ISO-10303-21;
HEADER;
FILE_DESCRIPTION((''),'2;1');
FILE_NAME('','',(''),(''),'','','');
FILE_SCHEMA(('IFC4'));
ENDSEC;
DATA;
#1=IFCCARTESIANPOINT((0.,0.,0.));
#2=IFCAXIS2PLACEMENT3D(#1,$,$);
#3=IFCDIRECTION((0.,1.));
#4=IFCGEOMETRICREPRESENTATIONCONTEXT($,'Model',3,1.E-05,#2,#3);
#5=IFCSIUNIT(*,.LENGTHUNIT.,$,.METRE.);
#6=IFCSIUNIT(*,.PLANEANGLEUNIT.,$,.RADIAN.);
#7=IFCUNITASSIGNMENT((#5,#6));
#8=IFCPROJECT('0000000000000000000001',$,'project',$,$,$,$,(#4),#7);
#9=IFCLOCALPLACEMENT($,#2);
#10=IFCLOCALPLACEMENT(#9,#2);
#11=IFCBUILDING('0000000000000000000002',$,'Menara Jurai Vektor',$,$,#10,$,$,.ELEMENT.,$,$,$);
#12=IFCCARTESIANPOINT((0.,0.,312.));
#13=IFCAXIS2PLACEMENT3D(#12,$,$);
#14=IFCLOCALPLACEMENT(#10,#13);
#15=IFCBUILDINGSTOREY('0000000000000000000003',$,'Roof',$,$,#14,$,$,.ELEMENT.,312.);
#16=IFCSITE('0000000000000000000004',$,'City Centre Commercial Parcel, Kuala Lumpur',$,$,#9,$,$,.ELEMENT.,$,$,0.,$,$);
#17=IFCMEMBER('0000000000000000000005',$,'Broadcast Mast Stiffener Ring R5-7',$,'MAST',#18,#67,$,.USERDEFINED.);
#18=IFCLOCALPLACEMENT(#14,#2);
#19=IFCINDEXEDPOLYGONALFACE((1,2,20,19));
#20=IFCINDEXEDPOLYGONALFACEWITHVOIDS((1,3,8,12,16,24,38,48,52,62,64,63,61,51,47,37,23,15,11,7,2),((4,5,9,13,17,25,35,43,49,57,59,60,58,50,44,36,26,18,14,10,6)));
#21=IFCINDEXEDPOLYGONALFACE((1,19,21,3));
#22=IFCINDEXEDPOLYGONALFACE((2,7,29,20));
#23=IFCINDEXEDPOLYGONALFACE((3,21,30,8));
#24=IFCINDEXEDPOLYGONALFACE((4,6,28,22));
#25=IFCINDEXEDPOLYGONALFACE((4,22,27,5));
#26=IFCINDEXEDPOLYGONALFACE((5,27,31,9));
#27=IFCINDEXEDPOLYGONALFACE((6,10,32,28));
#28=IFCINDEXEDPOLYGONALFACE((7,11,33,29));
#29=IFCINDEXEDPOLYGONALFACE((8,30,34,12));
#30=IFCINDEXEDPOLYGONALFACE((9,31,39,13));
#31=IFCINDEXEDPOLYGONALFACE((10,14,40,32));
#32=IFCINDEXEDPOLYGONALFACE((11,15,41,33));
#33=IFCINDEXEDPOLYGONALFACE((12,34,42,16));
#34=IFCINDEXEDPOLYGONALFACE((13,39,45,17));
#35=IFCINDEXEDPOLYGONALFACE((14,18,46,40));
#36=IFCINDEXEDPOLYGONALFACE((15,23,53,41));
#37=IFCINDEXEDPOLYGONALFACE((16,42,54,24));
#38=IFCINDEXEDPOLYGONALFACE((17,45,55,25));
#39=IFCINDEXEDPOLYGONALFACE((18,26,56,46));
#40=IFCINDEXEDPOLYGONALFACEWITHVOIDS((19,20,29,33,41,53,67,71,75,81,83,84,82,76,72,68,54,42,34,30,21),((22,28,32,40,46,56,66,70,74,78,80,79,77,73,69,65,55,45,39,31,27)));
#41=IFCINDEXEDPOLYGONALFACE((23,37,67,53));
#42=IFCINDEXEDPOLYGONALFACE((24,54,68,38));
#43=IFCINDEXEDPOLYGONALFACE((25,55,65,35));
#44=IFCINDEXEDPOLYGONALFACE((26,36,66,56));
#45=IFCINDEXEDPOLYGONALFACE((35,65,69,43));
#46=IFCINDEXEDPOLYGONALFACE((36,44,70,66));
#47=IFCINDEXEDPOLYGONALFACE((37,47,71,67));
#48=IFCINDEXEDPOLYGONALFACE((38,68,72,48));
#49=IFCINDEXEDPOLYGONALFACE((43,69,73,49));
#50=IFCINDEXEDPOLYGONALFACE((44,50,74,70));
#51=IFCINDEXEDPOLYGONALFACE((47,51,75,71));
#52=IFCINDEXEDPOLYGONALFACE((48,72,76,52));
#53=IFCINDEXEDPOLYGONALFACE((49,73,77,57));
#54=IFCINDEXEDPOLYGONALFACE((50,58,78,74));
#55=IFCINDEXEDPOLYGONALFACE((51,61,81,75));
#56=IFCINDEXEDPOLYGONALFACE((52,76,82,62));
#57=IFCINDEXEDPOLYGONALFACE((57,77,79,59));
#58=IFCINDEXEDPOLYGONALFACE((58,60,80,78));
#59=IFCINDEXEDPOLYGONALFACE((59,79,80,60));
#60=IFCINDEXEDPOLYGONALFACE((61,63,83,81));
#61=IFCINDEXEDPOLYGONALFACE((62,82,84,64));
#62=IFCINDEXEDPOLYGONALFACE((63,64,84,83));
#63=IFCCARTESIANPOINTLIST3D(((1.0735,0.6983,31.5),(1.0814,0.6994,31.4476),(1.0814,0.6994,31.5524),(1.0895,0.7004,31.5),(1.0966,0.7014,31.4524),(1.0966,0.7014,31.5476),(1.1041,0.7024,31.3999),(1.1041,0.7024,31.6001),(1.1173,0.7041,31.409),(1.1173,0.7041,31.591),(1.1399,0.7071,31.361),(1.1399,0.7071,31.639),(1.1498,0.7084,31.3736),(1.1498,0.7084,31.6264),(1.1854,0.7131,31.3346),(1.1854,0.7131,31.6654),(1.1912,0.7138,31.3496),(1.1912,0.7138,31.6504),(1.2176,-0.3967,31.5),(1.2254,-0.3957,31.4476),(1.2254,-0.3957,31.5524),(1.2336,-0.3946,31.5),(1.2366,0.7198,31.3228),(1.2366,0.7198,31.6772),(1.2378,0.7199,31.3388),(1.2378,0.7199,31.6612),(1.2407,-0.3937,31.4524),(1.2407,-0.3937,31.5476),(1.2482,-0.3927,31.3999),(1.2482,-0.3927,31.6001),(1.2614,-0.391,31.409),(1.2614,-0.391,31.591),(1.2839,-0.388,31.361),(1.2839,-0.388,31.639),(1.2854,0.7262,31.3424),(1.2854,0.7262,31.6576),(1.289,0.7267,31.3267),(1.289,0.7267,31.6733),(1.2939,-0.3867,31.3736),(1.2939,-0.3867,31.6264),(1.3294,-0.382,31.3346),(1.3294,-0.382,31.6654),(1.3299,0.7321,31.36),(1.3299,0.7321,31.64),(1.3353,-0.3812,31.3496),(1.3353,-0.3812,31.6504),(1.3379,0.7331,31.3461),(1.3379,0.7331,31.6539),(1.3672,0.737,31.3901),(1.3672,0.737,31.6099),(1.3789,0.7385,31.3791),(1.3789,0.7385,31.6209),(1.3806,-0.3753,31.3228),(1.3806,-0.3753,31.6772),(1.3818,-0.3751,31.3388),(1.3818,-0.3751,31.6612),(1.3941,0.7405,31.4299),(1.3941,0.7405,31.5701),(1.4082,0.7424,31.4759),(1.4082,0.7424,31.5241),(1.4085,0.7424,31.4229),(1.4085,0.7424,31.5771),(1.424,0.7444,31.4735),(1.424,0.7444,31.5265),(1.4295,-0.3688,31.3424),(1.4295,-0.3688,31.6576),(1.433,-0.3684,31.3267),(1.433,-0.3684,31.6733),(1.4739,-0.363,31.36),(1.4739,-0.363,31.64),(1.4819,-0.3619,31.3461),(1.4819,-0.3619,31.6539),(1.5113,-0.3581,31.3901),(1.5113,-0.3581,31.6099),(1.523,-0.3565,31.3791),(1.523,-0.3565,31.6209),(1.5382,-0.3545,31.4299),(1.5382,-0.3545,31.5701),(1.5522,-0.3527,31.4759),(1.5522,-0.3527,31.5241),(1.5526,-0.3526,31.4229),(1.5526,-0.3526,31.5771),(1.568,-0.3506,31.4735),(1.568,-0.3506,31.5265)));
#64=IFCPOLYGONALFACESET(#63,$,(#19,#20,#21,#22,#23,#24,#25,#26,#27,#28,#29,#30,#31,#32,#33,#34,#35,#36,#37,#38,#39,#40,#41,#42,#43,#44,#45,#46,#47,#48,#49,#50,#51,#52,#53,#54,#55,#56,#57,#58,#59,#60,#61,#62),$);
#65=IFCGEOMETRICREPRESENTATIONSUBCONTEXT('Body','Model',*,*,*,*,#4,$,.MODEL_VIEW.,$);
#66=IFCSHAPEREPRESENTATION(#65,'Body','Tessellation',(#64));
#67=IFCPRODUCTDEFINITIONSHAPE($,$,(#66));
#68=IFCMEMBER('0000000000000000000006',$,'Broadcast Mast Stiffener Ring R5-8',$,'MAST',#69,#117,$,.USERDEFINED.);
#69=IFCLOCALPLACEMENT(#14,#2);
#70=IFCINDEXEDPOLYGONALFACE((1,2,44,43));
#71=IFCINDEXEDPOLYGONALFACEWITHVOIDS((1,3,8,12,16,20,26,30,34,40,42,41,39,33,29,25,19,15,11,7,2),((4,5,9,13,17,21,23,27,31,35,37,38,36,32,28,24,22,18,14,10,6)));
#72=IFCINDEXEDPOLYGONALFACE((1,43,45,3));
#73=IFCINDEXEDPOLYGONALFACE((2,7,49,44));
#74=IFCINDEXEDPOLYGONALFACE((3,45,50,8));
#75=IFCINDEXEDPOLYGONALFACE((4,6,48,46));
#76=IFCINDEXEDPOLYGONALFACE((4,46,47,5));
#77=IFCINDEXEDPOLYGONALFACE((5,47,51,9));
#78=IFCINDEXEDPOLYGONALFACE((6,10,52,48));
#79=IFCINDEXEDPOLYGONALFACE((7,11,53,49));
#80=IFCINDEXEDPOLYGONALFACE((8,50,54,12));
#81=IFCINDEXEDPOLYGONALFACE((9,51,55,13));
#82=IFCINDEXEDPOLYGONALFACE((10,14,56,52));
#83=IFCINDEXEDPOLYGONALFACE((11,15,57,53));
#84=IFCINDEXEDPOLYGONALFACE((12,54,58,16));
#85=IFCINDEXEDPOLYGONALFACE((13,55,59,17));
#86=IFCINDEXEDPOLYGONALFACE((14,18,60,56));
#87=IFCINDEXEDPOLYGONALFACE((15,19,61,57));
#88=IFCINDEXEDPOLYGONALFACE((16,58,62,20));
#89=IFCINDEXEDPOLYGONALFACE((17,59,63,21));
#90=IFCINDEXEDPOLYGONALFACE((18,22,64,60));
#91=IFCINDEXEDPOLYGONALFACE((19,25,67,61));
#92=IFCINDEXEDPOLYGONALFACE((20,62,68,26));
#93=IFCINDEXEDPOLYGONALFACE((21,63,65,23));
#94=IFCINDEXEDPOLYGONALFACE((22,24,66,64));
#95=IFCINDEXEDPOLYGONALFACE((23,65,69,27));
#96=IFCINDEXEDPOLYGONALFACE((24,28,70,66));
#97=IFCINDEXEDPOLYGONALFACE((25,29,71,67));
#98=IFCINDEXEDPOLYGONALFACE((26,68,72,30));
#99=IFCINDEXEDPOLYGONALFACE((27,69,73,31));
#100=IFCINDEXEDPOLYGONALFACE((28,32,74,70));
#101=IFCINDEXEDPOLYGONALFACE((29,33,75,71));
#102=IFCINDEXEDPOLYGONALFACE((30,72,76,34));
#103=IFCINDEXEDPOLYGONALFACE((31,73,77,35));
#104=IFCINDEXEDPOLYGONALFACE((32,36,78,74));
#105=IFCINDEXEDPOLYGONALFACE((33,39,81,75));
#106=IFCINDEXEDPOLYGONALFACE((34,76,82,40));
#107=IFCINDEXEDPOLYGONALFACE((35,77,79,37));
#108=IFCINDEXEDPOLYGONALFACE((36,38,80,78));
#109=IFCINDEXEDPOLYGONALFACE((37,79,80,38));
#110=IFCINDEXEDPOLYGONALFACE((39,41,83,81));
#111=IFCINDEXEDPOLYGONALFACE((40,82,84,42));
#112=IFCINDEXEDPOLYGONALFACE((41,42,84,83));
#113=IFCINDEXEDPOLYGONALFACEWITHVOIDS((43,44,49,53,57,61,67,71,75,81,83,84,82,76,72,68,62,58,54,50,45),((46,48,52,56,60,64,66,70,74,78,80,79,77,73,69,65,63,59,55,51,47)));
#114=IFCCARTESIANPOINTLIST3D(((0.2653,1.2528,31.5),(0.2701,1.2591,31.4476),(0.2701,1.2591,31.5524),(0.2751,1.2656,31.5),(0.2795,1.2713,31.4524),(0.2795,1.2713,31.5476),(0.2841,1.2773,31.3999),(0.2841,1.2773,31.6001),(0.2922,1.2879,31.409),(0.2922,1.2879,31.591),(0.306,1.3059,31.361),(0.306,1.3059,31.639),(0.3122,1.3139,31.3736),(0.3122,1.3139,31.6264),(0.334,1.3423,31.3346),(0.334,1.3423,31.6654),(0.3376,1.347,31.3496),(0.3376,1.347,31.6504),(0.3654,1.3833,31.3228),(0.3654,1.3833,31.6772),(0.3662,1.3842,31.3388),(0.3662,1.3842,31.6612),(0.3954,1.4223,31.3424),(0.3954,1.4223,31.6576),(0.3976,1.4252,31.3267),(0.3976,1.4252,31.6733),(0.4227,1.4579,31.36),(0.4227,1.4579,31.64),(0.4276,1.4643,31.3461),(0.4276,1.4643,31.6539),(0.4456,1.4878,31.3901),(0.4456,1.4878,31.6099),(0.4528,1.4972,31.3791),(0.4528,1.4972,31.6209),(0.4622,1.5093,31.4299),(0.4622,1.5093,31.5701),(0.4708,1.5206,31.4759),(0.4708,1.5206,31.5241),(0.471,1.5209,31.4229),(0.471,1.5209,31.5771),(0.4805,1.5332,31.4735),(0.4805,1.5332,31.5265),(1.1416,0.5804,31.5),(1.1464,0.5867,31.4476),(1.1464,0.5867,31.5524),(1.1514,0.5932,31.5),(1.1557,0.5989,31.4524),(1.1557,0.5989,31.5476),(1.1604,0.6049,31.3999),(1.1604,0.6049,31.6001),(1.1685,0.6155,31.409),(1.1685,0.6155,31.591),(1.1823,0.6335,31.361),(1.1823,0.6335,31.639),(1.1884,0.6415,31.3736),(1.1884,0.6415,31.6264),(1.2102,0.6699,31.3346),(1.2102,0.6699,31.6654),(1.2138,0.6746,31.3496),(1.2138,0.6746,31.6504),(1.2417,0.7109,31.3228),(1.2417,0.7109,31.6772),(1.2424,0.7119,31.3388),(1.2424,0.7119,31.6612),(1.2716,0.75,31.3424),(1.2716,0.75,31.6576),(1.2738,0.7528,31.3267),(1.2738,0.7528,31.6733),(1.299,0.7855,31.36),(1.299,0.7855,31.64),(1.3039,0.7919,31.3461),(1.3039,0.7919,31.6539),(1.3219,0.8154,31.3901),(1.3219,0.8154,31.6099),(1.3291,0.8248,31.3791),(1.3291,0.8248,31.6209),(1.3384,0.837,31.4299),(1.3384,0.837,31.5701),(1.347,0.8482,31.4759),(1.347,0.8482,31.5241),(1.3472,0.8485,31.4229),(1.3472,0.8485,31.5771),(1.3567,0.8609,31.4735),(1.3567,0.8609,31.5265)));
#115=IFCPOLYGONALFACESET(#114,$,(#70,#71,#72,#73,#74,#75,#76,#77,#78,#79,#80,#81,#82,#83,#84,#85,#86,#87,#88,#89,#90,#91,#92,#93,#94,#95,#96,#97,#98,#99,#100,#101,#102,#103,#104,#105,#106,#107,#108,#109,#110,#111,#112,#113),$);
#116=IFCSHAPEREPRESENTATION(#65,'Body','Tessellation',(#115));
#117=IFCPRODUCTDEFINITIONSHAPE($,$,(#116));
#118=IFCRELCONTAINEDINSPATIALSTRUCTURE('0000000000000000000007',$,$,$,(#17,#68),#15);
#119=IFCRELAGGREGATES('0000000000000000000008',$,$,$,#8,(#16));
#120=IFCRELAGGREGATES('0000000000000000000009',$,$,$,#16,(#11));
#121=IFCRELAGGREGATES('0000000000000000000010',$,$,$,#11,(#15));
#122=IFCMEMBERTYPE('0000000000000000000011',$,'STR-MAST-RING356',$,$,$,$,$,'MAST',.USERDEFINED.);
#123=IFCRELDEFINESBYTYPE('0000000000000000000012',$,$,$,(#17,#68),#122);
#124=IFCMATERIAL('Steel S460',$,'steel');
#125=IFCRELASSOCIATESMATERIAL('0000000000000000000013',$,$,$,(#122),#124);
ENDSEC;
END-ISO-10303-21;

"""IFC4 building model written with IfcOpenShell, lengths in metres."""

from ifc_helpers import new_model, si_unit, direction, frame, origin, origin_2d, place, context, subcontext, project, spatial, hollow_circle, extrude, material, material_profile, profile_set, type_object, element, save


model = new_model("IFC4")

# Units and contexts
model_context = context("Model", 3, precision=1e-05, world=origin(), true_north=direction((0.0, 1.0)))
body_context = subcontext(model_context, "Body", "Model", "MODEL_VIEW")
ifc_project = project(units=[si_unit("LENGTHUNIT", "METRE"), si_unit("PLANEANGLEUNIT", "RADIAN")], contexts=[model_context])

# Site, building, storey
site_placement = place(None, origin())
site = spatial("IfcSite", under=ifc_project, at=site_placement, Name="City Centre Commercial Parcel, Kuala Lumpur", CompositionType="ELEMENT", RefElevation=0.0)
building_placement = place(site_placement, origin())
building = spatial("IfcBuilding", under=site, at=building_placement, Name="Menara Jurai Vektor", CompositionType="ELEMENT")
storey_placement = place(building_placement, frame((0.0, 0.0, 312.0)))
storey = spatial("IfcBuildingStorey", under=building, at=storey_placement, Name="Roof", CompositionType="ELEMENT", Elevation=312.0)

# Members
ifc_material = material(Name="Steel S460", Category="steel")
ifc_material_profile_1 = material_profile(ifc_material, hollow_circle(Radius=0.1777, WallThickness=0.0161, at=origin_2d()), Name="CHS 355.6x16")
ifc_profile_set_1 = profile_set([ifc_material_profile_1], Name="Steel S460")
member_type_1 = type_object("IfcMemberType", Name="STR-MAST-RING356", ElementType="MAST", PredefinedType="USERDEFINED", material=ifc_profile_set_1)
for number, where, z_axis, x_axis, name in (
    (1, (1.3938, -0.3735, 31.5), (-0.130426, 0.991458, 0.0), (-0.991458, -0.130426, 0.0), "Broadcast Mast Stiffener Ring R5-7"),
    (2, (1.2498, 0.7214, 31.5), (-0.793347, 0.60877, 0.0), (-0.60877, -0.793347, 0.0), "Broadcast Mast Stiffener Ring R5-8"),
):
    element("IfcMember", number, at=place(storey_placement, frame(where, z_axis=z_axis, x_axis=x_axis)), inside=storey, type_object=member_type_1, Name=name, ObjectType="MAST", PredefinedType="USERDEFINED", context=body_context, shape_type="SweptSolid", body=[
        extrude(hollow_circle(Radius=0.1777, WallThickness=0.0161, at=origin_2d()), origin(), (0.0, 0.0, 1.0), 1.1045),
    ])

save(model, "model.ifc")
